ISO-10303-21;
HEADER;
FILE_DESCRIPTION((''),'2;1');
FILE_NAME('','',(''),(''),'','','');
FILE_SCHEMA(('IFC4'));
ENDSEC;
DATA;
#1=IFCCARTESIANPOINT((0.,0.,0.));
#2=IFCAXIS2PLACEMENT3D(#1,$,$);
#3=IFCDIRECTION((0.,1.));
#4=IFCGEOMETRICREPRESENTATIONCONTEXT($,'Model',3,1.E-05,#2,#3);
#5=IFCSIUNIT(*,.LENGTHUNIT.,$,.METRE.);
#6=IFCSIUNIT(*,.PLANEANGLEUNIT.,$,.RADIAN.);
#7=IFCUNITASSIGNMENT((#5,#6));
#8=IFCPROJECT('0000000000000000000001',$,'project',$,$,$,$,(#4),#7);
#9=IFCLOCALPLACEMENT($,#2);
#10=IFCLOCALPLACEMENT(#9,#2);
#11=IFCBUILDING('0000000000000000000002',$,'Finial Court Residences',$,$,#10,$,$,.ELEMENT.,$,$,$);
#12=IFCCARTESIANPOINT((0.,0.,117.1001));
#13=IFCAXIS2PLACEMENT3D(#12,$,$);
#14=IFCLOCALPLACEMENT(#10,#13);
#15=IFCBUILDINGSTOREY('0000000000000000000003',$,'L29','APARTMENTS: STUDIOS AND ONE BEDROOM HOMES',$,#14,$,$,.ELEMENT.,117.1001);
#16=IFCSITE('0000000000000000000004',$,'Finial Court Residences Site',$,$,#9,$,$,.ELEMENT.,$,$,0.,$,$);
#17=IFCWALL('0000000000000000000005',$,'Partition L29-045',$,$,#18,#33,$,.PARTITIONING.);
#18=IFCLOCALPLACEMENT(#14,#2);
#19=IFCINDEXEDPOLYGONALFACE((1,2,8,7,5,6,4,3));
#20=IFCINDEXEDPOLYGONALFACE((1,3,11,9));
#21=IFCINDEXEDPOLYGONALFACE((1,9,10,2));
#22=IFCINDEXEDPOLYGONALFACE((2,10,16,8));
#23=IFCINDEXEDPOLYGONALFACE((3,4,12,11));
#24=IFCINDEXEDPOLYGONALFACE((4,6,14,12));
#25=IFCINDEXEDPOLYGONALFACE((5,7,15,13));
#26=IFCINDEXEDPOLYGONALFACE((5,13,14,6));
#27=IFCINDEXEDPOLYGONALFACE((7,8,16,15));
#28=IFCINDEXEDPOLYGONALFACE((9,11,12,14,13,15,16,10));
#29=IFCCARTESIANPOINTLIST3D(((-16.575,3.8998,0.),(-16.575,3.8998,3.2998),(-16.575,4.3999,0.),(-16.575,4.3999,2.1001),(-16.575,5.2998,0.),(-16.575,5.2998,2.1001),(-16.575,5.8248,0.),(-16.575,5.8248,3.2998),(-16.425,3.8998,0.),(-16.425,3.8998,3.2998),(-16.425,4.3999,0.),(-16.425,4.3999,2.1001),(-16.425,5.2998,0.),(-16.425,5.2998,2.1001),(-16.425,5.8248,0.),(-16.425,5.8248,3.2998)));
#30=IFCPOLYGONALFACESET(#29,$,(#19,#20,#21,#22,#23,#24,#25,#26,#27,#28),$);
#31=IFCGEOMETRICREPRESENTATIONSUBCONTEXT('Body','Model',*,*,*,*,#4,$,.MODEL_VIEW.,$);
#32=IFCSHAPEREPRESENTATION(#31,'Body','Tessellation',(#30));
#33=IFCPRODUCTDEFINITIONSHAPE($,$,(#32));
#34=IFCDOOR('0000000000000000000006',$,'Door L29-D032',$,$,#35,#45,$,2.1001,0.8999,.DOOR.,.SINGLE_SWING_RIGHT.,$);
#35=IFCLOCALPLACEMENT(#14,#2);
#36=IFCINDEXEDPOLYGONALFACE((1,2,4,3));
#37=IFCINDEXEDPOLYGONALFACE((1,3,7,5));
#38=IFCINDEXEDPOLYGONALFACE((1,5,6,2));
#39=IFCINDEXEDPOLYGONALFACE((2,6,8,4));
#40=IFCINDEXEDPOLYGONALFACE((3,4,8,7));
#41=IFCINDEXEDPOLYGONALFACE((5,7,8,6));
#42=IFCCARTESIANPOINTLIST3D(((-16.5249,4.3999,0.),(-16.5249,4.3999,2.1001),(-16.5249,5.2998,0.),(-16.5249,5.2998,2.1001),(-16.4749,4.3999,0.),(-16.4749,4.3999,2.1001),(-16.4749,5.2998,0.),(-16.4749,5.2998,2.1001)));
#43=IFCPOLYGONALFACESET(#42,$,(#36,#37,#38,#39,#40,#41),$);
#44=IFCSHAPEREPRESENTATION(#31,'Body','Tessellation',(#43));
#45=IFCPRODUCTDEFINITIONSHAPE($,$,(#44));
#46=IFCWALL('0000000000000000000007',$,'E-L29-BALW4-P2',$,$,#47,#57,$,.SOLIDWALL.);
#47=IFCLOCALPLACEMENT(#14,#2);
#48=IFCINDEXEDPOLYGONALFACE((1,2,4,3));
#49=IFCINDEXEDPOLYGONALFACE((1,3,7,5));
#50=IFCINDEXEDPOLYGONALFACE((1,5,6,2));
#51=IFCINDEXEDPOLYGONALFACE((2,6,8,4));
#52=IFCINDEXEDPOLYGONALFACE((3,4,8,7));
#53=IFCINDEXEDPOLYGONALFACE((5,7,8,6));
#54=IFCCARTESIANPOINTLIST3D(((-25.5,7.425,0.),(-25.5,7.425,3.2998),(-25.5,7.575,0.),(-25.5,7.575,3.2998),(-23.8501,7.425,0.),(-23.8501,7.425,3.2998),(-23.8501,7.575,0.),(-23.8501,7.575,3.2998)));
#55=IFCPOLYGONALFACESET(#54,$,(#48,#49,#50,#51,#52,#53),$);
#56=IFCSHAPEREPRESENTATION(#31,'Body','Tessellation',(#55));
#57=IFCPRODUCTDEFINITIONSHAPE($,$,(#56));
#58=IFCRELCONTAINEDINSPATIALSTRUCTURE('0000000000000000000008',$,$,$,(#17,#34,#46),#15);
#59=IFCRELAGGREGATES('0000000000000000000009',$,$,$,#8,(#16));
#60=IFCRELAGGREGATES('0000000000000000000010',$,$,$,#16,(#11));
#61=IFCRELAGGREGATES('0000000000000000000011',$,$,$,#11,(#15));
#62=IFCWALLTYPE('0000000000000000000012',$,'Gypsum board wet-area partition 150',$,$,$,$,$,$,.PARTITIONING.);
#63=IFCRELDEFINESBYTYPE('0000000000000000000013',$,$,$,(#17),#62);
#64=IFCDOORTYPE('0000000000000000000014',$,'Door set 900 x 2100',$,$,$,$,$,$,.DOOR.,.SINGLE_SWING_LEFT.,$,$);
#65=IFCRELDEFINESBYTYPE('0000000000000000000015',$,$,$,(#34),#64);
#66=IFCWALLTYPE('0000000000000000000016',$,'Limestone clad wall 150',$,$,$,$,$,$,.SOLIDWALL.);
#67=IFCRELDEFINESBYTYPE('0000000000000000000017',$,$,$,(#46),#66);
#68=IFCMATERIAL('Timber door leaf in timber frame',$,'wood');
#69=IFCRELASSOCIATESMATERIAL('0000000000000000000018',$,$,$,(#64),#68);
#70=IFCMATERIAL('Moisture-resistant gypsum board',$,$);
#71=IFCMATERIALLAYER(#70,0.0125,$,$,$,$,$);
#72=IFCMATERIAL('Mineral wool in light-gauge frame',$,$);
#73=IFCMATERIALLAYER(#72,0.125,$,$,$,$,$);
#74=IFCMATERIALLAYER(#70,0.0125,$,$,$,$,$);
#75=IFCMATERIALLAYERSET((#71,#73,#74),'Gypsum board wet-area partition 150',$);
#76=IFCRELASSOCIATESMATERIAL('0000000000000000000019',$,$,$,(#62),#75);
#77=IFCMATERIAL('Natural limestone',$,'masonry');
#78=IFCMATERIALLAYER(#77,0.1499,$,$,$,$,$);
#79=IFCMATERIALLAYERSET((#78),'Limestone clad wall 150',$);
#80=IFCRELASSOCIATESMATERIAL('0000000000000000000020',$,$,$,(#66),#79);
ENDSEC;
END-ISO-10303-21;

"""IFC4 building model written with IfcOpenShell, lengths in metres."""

from ifc_helpers import new_model, si_unit, direction, frame, frame_2d, origin, place, context, subcontext, project, spatial, rectangle, extrude, material, layer, layer_set, type_object, element, fill, save


model = new_model("IFC4")

# Units and contexts
model_context = context("Model", 3, precision=1e-05, world=origin(), true_north=direction((0.0, 1.0)))
body_context = subcontext(model_context, "Body", "Model", "MODEL_VIEW")
ifc_project = project(units=[si_unit("LENGTHUNIT", "METRE"), si_unit("PLANEANGLEUNIT", "RADIAN")], contexts=[model_context])

# Site, building, storey
site_placement = place(None, origin())
site = spatial("IfcSite", under=ifc_project, at=site_placement, Name="Finial Court Residences Site", CompositionType="ELEMENT", RefElevation=0.0)
building_placement = place(site_placement, origin())
building = spatial("IfcBuilding", under=site, at=building_placement, Name="Finial Court Residences", CompositionType="ELEMENT")
storey_placement = place(building_placement, frame((0.0, 0.0, 117.1001)))
storey = spatial("IfcBuildingStorey", under=building, at=storey_placement, Name="L29", Description="APARTMENTS: STUDIOS AND ONE BEDROOM HOMES", CompositionType="ELEMENT", Elevation=117.1001)

# Shared definitions
ifc_material_1 = material(Name="Mineral wool in light-gauge frame")
ifc_material_2 = material(Name="Timber door leaf in timber frame", Category="wood")
door_type = type_object("IfcDoorType", Name="Door set 900 x 2100", OperationType="SINGLE_SWING_LEFT", PredefinedType="DOOR", material=ifc_material_2)

# Shared definitions
ifc_material_3 = material(Name="Moisture-resistant gypsum board")
ifc_layer_1 = layer(ifc_material_3, 0.0125)
ifc_layer_2 = layer(ifc_material_1, 0.125)
ifc_layer_3 = layer(ifc_material_3, 0.0125)
ifc_layer_set_1 = layer_set([ifc_layer_1, ifc_layer_2, ifc_layer_3], Name="Gypsum board wet-area partition 150")
wall_type_1 = type_object("IfcWallType", Name="Gypsum board wet-area partition 150", PredefinedType="PARTITIONING", material=ifc_layer_set_1)

# Wall, opening, door
wall_1_placement = place(storey_placement, frame((-16.5, 3.8999, 0.0), z_axis=(0.0, 0.0, 1.0), x_axis=(0.0, 1.0, 0.0)))
wall_1 = element("IfcWall", 1, at=wall_1_placement, inside=storey, type_object=wall_type_1, Name="Partition L29-045", PredefinedType="PARTITIONING", context=body_context, shape_type="SweptSolid", body=[
    extrude(rectangle(XDim=1.925, YDim=0.1499, at=frame_2d((0.9624, 0.0))), origin(), (0.0, 0.0, 1.0), 3.2998),
])
opening_1_placement = place(wall_1_placement, frame((0.5, 0.0, 0.0)))
opening_1 = element("IfcOpeningElement", 2, at=opening_1_placement, cuts=wall_1, PredefinedType="OPENING", context=body_context, shape_type="SweptSolid", body=[
    extrude(rectangle(XDim=0.8999, YDim=2.1001, at=frame_2d((0.45, 1.05))), frame((0.0, 0.085, 0.0), z_axis=(0.0, -1.0, 0.0), x_axis=(1.0, 0.0, 0.0)), (0.0, 0.0, 1.0), 0.1699),
])
door_1_placement = place(opening_1_placement, origin())
door_1 = element("IfcDoor", 3, at=door_1_placement, inside=storey, type_object=door_type, Name="Door L29-D032", OperationType="SINGLE_SWING_RIGHT", OverallHeight=2.1001, OverallWidth=0.8999, PredefinedType="DOOR", context=body_context, shape_type="SweptSolid", body=[
    extrude(rectangle(XDim=0.8999, YDim=2.1001, at=frame_2d((0.45, 1.05))), frame((0.0, 0.0249, 0.0), z_axis=(0.0, -1.0, 0.0), x_axis=(1.0, 0.0, 0.0)), (0.0, 0.0, 1.0), 0.05),
])
fill(opening_1, door_1)

# Wall
ifc_material_4 = material(Name="Natural limestone", Category="masonry")
ifc_layer_4 = layer(ifc_material_4, 0.1499)
ifc_layer_set_2 = layer_set([ifc_layer_4], Name="Limestone clad wall 150")
wall_type_2 = type_object("IfcWallType", Name="Limestone clad wall 150", PredefinedType="SOLIDWALL", material=ifc_layer_set_2)
wall_2_placement = place(storey_placement, frame((-23.8501, 7.5, 0.0), z_axis=(0.0, 0.0, 1.0), x_axis=(-1.0, 0.0, 0.0)))
element("IfcWall", 4, at=wall_2_placement, inside=storey, type_object=wall_type_2, Name="E-L29-BALW4-P2", PredefinedType="SOLIDWALL", context=body_context, shape_type="SweptSolid", body=[
    extrude(rectangle(XDim=1.6499, YDim=0.1499, at=frame_2d((0.825, 0.0))), origin(), (0.0, 0.0, 1.0), 3.2998),
])

save(model, "model.ifc")
